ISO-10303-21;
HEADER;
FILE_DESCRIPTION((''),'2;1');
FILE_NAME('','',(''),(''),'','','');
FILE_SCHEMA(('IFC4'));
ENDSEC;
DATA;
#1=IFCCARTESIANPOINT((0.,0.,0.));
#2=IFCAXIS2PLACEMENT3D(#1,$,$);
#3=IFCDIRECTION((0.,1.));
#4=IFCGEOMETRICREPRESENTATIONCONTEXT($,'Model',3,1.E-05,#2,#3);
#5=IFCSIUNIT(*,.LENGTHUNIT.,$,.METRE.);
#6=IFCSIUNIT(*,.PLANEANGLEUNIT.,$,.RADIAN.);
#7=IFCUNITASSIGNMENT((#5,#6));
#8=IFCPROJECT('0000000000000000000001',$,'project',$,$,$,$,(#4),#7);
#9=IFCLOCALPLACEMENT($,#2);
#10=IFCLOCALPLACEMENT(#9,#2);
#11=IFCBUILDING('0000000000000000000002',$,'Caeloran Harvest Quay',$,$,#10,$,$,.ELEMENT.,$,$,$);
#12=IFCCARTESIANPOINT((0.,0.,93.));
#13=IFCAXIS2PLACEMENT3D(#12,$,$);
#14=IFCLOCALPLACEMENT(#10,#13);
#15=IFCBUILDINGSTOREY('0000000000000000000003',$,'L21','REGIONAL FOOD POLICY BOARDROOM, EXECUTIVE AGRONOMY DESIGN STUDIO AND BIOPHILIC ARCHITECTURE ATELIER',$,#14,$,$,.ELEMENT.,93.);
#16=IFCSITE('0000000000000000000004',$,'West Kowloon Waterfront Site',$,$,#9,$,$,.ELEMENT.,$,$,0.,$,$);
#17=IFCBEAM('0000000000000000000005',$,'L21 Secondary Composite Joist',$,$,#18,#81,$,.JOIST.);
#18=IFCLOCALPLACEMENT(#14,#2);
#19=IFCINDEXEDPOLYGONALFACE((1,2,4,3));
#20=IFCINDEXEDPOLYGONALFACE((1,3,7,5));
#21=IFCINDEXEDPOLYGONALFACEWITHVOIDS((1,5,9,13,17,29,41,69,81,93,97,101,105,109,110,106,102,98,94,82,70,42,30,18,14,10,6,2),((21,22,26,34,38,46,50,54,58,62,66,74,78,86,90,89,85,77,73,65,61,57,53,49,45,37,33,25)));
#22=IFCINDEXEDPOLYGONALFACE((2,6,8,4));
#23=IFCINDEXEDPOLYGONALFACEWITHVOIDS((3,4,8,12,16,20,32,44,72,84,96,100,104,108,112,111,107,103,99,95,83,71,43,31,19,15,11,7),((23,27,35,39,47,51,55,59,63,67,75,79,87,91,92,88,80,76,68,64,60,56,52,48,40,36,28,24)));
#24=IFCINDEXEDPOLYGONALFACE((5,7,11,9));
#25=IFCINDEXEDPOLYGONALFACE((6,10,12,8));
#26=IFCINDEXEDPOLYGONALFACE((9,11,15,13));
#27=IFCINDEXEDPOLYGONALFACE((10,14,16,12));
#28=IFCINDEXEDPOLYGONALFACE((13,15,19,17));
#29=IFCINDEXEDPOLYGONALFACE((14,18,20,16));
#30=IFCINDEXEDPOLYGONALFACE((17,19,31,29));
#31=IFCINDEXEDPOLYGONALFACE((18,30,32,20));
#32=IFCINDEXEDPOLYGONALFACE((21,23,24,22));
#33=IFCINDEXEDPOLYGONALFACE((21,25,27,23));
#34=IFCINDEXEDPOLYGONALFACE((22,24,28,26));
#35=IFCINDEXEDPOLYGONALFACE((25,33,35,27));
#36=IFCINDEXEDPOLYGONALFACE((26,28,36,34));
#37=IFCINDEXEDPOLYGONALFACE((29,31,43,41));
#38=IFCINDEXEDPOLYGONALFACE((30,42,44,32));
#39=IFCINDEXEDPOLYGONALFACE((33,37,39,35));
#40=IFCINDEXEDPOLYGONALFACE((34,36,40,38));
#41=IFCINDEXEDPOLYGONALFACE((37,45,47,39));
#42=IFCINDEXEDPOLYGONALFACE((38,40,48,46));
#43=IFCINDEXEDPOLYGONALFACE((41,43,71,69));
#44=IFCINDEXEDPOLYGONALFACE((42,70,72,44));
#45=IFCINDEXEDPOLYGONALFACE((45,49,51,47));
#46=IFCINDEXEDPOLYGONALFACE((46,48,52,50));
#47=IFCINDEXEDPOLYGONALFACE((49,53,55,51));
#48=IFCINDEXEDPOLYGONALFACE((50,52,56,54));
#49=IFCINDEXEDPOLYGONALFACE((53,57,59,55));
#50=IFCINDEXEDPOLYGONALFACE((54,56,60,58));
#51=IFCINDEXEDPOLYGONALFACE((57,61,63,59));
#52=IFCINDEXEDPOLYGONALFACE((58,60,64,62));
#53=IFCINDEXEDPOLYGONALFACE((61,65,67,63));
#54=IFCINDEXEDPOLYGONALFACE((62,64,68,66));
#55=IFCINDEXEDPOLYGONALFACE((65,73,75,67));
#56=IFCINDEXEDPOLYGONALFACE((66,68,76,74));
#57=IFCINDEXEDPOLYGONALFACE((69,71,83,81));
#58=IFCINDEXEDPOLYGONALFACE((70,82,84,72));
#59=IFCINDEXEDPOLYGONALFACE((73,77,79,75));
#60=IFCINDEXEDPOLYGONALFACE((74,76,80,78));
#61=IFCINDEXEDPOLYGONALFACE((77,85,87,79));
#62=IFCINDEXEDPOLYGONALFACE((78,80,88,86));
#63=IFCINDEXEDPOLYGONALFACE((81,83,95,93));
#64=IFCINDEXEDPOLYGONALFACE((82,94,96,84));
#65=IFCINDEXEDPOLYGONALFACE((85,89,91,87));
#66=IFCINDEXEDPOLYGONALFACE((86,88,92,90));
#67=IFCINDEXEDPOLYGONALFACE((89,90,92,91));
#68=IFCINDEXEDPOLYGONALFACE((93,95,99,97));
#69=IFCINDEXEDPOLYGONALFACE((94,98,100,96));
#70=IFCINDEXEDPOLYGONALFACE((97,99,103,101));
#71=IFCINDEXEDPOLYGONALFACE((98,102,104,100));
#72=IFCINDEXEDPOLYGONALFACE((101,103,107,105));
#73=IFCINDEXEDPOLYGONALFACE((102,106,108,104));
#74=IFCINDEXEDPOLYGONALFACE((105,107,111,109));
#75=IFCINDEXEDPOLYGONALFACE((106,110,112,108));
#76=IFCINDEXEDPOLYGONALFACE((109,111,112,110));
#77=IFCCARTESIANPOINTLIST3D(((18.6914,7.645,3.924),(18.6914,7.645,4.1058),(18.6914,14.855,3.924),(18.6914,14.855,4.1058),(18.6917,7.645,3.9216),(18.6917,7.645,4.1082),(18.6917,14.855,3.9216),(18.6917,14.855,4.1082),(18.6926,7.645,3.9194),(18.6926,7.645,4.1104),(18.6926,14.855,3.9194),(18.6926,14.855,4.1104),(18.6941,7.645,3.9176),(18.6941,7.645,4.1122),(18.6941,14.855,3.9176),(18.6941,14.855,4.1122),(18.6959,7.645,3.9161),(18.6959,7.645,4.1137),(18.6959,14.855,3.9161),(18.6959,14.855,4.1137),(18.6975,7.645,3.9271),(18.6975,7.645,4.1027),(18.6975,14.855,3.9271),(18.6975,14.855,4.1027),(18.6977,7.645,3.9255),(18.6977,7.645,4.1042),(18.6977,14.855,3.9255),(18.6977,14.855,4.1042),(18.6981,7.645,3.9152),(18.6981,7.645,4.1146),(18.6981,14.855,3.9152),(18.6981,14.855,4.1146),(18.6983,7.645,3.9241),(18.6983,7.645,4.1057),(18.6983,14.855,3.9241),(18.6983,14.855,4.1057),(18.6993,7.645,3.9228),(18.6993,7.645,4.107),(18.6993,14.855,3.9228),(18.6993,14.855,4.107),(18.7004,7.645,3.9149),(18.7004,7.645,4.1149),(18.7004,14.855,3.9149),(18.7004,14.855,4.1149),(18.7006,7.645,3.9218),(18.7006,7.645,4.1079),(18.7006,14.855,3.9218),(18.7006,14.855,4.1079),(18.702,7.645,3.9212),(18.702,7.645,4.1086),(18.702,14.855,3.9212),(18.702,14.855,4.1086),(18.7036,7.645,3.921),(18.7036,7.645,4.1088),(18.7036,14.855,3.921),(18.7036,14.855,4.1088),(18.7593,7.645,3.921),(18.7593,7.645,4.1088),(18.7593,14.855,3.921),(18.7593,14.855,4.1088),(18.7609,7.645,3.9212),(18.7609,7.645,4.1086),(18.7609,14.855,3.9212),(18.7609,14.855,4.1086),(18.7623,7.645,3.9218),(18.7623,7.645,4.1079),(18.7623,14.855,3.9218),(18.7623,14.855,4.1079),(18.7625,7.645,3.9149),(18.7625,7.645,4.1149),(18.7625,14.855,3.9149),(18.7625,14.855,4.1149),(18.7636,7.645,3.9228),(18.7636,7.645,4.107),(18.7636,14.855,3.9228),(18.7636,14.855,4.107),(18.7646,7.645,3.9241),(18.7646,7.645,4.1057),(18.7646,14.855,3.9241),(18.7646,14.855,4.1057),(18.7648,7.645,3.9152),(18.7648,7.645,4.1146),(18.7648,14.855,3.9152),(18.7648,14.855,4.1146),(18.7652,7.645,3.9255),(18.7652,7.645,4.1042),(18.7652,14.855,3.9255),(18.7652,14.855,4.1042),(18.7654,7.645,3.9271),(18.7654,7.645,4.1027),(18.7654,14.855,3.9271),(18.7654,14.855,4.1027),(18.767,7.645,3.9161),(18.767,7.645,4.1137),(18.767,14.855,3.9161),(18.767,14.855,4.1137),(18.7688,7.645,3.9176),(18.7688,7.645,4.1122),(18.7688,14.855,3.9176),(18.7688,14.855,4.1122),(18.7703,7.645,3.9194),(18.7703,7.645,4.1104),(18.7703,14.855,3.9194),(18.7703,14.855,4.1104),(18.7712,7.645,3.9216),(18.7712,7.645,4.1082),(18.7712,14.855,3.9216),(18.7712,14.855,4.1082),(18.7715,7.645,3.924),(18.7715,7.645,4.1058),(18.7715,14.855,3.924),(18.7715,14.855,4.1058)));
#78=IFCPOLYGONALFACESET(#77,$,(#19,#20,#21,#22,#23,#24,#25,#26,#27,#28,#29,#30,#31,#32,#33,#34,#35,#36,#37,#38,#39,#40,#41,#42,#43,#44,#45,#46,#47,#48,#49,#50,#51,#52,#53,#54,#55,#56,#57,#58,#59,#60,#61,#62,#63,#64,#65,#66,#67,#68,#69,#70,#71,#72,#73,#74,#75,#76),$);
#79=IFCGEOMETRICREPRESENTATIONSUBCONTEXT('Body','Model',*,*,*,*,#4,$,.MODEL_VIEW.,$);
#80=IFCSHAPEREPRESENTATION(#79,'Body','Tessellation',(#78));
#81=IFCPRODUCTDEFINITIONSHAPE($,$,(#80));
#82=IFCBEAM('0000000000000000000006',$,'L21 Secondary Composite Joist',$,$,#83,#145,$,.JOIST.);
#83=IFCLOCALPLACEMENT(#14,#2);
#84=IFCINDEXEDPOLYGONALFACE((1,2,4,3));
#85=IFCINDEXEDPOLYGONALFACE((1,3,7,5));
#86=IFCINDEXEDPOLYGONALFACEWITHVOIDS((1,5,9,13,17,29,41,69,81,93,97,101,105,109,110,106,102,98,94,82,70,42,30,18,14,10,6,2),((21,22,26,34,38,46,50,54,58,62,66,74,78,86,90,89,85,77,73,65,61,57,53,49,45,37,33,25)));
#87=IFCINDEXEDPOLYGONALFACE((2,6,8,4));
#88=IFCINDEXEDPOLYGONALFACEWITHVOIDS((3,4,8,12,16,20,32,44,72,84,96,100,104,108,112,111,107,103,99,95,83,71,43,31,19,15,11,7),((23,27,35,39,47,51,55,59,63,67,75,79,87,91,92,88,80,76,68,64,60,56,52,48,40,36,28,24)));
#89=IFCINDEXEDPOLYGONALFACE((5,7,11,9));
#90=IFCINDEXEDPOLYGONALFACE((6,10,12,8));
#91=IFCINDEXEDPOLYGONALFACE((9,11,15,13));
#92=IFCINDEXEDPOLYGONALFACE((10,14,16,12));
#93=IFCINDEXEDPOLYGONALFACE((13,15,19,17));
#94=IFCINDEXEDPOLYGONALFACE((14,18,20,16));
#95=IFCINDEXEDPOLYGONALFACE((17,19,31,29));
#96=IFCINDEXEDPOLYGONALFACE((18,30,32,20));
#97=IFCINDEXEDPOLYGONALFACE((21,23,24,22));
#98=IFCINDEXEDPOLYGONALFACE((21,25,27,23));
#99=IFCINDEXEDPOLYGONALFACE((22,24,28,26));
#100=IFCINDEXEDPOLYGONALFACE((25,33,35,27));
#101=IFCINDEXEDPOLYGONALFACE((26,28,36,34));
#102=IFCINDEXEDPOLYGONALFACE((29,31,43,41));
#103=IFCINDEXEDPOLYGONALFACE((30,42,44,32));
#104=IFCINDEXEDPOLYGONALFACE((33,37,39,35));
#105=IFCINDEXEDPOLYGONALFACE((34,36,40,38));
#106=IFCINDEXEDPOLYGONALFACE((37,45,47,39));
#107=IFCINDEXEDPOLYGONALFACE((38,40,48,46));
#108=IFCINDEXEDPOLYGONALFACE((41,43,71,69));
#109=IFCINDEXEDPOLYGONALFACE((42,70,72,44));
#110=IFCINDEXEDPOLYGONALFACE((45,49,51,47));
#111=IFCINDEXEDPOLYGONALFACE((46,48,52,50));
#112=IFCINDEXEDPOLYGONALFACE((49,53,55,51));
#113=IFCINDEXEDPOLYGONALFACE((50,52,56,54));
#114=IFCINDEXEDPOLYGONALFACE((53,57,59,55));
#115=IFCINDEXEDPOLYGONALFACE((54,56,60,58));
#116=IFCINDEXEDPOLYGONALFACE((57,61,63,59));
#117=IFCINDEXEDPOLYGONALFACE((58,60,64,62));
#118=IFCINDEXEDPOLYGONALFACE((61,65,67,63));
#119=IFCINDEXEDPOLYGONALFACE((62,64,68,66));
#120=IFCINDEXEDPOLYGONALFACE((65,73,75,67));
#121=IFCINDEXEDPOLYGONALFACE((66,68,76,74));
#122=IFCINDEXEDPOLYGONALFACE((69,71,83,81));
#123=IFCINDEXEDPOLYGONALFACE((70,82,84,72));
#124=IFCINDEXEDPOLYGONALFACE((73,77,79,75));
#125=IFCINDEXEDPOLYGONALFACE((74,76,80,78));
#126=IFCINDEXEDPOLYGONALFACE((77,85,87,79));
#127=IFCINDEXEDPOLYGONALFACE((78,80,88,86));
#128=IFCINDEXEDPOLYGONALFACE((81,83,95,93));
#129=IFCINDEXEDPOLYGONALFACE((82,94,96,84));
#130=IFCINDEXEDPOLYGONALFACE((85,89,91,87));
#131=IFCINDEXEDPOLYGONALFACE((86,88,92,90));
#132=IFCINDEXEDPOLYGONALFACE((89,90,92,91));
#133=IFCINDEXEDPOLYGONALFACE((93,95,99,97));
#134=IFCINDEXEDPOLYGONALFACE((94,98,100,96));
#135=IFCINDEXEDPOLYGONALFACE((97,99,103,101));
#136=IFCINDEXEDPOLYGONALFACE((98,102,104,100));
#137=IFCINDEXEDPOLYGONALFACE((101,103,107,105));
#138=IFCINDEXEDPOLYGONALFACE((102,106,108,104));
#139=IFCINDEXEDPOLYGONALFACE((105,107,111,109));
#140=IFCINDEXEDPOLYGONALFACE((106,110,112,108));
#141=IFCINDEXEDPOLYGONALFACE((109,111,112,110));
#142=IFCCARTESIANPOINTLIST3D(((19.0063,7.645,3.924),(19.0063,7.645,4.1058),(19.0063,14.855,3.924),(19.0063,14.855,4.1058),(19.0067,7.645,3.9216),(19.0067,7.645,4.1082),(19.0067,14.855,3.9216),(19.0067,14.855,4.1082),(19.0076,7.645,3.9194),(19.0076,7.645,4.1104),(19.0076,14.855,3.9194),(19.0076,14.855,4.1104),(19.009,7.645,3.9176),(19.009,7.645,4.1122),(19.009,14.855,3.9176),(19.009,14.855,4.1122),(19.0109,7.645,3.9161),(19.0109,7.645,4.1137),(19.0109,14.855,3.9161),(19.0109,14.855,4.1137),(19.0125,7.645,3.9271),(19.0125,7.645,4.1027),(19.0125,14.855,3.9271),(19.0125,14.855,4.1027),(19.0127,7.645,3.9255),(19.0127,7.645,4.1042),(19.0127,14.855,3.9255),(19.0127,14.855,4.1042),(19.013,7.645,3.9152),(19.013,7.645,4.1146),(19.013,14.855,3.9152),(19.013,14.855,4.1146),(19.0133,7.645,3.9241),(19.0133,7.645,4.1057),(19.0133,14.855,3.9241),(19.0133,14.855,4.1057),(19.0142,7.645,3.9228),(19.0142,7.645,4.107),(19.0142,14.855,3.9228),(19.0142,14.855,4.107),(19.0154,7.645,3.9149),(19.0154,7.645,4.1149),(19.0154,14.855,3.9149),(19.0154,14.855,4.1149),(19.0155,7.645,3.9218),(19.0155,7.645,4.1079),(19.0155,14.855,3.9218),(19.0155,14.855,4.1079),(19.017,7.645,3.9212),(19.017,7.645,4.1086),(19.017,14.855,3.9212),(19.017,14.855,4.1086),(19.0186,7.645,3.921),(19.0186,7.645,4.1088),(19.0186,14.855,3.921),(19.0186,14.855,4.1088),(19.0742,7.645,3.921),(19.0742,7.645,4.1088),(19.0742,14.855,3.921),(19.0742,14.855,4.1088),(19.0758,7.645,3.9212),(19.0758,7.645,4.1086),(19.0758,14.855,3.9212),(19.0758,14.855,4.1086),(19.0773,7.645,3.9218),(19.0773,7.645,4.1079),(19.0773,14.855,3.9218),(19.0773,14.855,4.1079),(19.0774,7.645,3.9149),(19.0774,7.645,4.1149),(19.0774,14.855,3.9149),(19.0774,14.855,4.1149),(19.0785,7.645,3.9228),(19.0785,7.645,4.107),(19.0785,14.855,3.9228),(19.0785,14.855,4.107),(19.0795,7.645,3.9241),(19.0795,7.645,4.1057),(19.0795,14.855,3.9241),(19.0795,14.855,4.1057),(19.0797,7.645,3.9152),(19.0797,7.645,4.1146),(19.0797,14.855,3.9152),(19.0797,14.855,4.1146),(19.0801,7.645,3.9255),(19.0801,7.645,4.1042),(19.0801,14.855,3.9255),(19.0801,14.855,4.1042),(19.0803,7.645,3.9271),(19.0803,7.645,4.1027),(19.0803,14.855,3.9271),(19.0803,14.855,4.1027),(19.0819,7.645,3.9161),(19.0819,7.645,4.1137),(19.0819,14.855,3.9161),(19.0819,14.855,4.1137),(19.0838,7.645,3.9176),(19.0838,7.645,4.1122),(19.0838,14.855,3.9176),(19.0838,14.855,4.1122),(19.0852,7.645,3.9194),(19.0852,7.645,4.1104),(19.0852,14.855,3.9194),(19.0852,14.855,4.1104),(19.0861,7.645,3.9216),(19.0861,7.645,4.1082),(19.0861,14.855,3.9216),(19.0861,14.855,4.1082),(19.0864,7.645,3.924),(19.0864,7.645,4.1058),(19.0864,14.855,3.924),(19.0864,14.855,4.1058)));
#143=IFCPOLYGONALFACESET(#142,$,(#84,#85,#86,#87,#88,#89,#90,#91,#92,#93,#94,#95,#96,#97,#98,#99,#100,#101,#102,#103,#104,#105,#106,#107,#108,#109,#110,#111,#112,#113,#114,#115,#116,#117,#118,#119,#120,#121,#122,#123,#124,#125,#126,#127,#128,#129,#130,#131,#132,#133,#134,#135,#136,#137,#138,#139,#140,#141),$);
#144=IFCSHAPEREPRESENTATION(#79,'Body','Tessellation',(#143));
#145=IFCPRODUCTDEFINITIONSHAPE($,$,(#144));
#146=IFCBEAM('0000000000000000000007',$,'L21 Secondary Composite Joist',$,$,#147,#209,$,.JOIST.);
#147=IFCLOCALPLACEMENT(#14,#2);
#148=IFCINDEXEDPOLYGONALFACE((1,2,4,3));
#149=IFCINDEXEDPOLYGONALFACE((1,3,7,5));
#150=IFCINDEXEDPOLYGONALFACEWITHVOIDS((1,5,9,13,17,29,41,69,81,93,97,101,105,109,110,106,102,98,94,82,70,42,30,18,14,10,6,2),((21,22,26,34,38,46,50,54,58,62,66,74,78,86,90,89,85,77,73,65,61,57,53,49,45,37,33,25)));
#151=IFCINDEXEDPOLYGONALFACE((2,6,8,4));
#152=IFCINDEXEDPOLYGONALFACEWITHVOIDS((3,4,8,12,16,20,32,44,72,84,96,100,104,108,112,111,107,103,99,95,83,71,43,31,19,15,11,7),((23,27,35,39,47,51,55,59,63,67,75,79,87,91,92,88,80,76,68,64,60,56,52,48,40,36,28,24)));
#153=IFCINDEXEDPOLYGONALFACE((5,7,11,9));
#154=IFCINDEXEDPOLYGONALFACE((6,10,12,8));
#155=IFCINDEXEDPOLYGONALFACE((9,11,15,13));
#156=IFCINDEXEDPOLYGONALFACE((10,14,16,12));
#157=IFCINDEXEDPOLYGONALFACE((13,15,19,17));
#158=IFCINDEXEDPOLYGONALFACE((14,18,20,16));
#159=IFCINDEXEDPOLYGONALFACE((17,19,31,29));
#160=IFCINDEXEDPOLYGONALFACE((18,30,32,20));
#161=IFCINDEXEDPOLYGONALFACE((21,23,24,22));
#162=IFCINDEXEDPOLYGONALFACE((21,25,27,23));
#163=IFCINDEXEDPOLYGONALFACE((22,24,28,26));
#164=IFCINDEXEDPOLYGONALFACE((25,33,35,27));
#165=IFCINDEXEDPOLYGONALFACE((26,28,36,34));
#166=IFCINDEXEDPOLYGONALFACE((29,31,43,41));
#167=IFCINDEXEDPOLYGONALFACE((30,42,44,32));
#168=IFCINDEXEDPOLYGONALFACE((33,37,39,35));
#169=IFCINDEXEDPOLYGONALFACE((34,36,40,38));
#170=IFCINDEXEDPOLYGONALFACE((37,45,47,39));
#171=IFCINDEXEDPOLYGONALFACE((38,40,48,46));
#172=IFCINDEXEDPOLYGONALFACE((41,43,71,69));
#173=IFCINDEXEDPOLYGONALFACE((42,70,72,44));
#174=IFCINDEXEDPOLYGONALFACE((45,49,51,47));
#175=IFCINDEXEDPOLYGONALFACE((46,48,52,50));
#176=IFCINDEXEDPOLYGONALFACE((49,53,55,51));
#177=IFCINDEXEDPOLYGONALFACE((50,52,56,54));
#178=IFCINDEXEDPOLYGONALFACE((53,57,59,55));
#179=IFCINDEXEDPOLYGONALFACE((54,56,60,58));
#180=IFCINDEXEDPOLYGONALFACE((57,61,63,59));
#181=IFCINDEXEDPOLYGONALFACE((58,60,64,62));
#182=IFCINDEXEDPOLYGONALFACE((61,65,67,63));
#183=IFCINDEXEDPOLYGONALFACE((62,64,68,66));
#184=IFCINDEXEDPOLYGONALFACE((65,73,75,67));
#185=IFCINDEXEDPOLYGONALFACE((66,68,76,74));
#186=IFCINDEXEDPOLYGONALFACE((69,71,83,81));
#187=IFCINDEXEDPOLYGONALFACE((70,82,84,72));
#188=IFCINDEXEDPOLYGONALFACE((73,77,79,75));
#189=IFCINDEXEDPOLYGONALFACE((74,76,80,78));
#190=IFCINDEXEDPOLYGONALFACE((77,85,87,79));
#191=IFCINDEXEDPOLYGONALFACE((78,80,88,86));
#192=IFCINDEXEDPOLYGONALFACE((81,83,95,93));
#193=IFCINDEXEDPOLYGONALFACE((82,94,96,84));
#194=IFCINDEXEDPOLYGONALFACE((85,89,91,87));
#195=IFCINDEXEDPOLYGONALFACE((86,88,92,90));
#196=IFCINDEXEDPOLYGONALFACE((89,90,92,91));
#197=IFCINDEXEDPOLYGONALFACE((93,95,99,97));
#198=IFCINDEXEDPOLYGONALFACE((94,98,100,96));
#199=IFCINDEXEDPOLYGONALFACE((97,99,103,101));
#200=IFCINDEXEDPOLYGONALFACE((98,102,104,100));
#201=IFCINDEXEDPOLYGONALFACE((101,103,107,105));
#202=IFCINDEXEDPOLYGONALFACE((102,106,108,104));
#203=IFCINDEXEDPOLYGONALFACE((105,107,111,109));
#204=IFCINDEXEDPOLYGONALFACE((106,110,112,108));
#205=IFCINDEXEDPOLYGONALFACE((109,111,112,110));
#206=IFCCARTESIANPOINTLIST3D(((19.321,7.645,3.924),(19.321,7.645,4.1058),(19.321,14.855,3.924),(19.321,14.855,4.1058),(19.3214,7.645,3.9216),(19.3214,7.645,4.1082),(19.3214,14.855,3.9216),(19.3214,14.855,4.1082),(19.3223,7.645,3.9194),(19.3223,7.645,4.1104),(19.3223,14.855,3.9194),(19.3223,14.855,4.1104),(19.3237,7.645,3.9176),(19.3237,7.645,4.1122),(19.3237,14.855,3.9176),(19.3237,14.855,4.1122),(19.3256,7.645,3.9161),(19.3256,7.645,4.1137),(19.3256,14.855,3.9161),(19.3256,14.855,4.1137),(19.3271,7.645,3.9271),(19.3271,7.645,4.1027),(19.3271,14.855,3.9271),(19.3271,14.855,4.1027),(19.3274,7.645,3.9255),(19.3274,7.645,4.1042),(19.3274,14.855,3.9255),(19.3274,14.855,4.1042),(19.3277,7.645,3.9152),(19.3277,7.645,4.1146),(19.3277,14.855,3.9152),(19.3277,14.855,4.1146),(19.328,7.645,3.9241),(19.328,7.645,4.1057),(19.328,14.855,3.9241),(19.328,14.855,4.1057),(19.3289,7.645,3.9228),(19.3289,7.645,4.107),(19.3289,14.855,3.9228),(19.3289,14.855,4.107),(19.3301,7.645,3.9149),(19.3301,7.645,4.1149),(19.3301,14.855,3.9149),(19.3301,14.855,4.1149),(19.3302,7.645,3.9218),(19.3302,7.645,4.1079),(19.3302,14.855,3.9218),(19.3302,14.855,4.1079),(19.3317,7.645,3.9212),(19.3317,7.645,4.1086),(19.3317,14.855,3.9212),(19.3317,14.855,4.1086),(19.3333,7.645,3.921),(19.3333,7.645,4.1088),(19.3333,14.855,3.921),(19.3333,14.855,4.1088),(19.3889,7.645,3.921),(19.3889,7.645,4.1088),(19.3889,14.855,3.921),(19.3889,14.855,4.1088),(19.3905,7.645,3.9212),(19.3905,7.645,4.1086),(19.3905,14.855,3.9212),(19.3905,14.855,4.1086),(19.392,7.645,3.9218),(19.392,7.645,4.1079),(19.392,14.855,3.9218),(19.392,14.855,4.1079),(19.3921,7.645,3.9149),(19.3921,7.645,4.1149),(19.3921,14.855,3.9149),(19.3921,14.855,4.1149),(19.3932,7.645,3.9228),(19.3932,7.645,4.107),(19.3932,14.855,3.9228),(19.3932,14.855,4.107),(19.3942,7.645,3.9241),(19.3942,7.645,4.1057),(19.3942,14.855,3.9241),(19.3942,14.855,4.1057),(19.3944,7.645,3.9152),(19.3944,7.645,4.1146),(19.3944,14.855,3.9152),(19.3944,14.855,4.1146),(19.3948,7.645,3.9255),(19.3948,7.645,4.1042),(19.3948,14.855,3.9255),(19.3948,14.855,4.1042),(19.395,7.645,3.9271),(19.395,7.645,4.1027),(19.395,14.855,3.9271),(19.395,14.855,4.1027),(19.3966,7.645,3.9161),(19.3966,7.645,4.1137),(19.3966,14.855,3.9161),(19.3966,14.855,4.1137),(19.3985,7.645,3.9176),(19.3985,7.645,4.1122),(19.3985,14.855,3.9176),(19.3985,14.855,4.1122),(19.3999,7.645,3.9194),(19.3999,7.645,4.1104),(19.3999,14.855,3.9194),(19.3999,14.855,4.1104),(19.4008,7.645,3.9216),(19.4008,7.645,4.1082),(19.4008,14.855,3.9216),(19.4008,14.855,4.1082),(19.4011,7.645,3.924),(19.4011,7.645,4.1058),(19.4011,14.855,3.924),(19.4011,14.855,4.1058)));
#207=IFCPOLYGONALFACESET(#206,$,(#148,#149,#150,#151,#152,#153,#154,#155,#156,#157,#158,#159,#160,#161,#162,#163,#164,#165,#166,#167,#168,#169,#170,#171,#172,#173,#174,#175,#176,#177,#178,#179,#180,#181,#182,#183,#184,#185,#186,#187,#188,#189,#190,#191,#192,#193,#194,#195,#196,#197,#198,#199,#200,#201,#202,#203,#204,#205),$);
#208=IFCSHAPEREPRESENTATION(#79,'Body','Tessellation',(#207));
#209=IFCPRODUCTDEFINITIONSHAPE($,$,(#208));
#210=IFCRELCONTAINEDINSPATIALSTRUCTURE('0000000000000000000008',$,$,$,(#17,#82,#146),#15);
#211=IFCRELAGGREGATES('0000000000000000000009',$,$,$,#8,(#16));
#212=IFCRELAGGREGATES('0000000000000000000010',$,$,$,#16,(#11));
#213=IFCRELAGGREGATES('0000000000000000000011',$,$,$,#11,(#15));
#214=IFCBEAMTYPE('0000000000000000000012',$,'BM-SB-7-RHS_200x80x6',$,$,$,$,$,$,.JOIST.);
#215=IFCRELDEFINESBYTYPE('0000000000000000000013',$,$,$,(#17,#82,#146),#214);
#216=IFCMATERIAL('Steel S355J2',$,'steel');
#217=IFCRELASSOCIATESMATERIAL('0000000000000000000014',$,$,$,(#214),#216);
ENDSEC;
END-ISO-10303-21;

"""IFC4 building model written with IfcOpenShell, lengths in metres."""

from ifc_helpers import new_model, si_unit, direction, frame, origin, origin_2d, place, context, subcontext, project, spatial, hollow_rectangle, extrude, material, material_profile, profile_set, type_object, element, save


model = new_model("IFC4")

# Units and contexts
model_context = context("Model", 3, precision=1e-05, world=origin(), true_north=direction((0.0, 1.0)))
body_context = subcontext(model_context, "Body", "Model", "MODEL_VIEW")
ifc_project = project(units=[si_unit("LENGTHUNIT", "METRE"), si_unit("PLANEANGLEUNIT", "RADIAN")], contexts=[model_context])

# Site, building, storey
site_placement = place(None, origin())
site = spatial("IfcSite", under=ifc_project, at=site_placement, Name="West Kowloon Waterfront Site", CompositionType="ELEMENT", RefElevation=0.0)
building_placement = place(site_placement, origin())
building = spatial("IfcBuilding", under=site, at=building_placement, Name="Caeloran Harvest Quay", CompositionType="ELEMENT")
storey_placement = place(building_placement, frame((0.0, 0.0, 93.0)))
storey = spatial("IfcBuildingStorey", under=building, at=storey_placement, Name="L21", Description="REGIONAL FOOD POLICY BOARDROOM, EXECUTIVE AGRONOMY DESIGN STUDIO AND BIOPHILIC ARCHITECTURE ATELIER", CompositionType="ELEMENT", Elevation=93.0)

# Beams
ifc_material_1 = material(Name="Steel S355J2", Category="steel")
ifc_material_profile_1 = material_profile(ifc_material_1, hollow_rectangle(XDim=0.0801, YDim=0.2, WallThickness=0.0061, InnerFilletRadius=0.0061, OuterFilletRadius=0.009, at=origin_2d()), Name="RHS 200x80x6")
ifc_profile_set_1 = profile_set([ifc_material_profile_1], Name="Steel S355J2")
beam_type_1 = type_object("IfcBeamType", Name="BM-SB-7-RHS_200x80x6", PredefinedType="JOIST", material=ifc_profile_set_1)
for number, where, z_axis, x_axis, name in (
    (1, (18.7314, 7.645, 4.0149), (0.0, 1.0, 0.0), (-1.0, 0.0, 0.0), "L21 Secondary Composite Joist"),
    (2, (19.0464, 7.645, 4.0149), (0.0, 1.0, 0.0), (-1.0, 0.0, 0.0), "L21 Secondary Composite Joist"),
    (3, (19.3611, 7.645, 4.0149), (0.0, 1.0, 0.0), (-1.0, 0.0, 0.0), "L21 Secondary Composite Joist"),
):
    element("IfcBeam", number, at=place(storey_placement, frame(where, z_axis=z_axis, x_axis=x_axis)), inside=storey, type_object=beam_type_1, Name=name, PredefinedType="JOIST", context=body_context, shape_type="SweptSolid", body=[
        extrude(hollow_rectangle(XDim=0.0801, YDim=0.2, WallThickness=0.0061, InnerFilletRadius=0.0061, OuterFilletRadius=0.009, at=origin_2d()), origin(), (0.0, 0.0, 1.0), 7.21),
    ])

save(model, "model.ifc")
